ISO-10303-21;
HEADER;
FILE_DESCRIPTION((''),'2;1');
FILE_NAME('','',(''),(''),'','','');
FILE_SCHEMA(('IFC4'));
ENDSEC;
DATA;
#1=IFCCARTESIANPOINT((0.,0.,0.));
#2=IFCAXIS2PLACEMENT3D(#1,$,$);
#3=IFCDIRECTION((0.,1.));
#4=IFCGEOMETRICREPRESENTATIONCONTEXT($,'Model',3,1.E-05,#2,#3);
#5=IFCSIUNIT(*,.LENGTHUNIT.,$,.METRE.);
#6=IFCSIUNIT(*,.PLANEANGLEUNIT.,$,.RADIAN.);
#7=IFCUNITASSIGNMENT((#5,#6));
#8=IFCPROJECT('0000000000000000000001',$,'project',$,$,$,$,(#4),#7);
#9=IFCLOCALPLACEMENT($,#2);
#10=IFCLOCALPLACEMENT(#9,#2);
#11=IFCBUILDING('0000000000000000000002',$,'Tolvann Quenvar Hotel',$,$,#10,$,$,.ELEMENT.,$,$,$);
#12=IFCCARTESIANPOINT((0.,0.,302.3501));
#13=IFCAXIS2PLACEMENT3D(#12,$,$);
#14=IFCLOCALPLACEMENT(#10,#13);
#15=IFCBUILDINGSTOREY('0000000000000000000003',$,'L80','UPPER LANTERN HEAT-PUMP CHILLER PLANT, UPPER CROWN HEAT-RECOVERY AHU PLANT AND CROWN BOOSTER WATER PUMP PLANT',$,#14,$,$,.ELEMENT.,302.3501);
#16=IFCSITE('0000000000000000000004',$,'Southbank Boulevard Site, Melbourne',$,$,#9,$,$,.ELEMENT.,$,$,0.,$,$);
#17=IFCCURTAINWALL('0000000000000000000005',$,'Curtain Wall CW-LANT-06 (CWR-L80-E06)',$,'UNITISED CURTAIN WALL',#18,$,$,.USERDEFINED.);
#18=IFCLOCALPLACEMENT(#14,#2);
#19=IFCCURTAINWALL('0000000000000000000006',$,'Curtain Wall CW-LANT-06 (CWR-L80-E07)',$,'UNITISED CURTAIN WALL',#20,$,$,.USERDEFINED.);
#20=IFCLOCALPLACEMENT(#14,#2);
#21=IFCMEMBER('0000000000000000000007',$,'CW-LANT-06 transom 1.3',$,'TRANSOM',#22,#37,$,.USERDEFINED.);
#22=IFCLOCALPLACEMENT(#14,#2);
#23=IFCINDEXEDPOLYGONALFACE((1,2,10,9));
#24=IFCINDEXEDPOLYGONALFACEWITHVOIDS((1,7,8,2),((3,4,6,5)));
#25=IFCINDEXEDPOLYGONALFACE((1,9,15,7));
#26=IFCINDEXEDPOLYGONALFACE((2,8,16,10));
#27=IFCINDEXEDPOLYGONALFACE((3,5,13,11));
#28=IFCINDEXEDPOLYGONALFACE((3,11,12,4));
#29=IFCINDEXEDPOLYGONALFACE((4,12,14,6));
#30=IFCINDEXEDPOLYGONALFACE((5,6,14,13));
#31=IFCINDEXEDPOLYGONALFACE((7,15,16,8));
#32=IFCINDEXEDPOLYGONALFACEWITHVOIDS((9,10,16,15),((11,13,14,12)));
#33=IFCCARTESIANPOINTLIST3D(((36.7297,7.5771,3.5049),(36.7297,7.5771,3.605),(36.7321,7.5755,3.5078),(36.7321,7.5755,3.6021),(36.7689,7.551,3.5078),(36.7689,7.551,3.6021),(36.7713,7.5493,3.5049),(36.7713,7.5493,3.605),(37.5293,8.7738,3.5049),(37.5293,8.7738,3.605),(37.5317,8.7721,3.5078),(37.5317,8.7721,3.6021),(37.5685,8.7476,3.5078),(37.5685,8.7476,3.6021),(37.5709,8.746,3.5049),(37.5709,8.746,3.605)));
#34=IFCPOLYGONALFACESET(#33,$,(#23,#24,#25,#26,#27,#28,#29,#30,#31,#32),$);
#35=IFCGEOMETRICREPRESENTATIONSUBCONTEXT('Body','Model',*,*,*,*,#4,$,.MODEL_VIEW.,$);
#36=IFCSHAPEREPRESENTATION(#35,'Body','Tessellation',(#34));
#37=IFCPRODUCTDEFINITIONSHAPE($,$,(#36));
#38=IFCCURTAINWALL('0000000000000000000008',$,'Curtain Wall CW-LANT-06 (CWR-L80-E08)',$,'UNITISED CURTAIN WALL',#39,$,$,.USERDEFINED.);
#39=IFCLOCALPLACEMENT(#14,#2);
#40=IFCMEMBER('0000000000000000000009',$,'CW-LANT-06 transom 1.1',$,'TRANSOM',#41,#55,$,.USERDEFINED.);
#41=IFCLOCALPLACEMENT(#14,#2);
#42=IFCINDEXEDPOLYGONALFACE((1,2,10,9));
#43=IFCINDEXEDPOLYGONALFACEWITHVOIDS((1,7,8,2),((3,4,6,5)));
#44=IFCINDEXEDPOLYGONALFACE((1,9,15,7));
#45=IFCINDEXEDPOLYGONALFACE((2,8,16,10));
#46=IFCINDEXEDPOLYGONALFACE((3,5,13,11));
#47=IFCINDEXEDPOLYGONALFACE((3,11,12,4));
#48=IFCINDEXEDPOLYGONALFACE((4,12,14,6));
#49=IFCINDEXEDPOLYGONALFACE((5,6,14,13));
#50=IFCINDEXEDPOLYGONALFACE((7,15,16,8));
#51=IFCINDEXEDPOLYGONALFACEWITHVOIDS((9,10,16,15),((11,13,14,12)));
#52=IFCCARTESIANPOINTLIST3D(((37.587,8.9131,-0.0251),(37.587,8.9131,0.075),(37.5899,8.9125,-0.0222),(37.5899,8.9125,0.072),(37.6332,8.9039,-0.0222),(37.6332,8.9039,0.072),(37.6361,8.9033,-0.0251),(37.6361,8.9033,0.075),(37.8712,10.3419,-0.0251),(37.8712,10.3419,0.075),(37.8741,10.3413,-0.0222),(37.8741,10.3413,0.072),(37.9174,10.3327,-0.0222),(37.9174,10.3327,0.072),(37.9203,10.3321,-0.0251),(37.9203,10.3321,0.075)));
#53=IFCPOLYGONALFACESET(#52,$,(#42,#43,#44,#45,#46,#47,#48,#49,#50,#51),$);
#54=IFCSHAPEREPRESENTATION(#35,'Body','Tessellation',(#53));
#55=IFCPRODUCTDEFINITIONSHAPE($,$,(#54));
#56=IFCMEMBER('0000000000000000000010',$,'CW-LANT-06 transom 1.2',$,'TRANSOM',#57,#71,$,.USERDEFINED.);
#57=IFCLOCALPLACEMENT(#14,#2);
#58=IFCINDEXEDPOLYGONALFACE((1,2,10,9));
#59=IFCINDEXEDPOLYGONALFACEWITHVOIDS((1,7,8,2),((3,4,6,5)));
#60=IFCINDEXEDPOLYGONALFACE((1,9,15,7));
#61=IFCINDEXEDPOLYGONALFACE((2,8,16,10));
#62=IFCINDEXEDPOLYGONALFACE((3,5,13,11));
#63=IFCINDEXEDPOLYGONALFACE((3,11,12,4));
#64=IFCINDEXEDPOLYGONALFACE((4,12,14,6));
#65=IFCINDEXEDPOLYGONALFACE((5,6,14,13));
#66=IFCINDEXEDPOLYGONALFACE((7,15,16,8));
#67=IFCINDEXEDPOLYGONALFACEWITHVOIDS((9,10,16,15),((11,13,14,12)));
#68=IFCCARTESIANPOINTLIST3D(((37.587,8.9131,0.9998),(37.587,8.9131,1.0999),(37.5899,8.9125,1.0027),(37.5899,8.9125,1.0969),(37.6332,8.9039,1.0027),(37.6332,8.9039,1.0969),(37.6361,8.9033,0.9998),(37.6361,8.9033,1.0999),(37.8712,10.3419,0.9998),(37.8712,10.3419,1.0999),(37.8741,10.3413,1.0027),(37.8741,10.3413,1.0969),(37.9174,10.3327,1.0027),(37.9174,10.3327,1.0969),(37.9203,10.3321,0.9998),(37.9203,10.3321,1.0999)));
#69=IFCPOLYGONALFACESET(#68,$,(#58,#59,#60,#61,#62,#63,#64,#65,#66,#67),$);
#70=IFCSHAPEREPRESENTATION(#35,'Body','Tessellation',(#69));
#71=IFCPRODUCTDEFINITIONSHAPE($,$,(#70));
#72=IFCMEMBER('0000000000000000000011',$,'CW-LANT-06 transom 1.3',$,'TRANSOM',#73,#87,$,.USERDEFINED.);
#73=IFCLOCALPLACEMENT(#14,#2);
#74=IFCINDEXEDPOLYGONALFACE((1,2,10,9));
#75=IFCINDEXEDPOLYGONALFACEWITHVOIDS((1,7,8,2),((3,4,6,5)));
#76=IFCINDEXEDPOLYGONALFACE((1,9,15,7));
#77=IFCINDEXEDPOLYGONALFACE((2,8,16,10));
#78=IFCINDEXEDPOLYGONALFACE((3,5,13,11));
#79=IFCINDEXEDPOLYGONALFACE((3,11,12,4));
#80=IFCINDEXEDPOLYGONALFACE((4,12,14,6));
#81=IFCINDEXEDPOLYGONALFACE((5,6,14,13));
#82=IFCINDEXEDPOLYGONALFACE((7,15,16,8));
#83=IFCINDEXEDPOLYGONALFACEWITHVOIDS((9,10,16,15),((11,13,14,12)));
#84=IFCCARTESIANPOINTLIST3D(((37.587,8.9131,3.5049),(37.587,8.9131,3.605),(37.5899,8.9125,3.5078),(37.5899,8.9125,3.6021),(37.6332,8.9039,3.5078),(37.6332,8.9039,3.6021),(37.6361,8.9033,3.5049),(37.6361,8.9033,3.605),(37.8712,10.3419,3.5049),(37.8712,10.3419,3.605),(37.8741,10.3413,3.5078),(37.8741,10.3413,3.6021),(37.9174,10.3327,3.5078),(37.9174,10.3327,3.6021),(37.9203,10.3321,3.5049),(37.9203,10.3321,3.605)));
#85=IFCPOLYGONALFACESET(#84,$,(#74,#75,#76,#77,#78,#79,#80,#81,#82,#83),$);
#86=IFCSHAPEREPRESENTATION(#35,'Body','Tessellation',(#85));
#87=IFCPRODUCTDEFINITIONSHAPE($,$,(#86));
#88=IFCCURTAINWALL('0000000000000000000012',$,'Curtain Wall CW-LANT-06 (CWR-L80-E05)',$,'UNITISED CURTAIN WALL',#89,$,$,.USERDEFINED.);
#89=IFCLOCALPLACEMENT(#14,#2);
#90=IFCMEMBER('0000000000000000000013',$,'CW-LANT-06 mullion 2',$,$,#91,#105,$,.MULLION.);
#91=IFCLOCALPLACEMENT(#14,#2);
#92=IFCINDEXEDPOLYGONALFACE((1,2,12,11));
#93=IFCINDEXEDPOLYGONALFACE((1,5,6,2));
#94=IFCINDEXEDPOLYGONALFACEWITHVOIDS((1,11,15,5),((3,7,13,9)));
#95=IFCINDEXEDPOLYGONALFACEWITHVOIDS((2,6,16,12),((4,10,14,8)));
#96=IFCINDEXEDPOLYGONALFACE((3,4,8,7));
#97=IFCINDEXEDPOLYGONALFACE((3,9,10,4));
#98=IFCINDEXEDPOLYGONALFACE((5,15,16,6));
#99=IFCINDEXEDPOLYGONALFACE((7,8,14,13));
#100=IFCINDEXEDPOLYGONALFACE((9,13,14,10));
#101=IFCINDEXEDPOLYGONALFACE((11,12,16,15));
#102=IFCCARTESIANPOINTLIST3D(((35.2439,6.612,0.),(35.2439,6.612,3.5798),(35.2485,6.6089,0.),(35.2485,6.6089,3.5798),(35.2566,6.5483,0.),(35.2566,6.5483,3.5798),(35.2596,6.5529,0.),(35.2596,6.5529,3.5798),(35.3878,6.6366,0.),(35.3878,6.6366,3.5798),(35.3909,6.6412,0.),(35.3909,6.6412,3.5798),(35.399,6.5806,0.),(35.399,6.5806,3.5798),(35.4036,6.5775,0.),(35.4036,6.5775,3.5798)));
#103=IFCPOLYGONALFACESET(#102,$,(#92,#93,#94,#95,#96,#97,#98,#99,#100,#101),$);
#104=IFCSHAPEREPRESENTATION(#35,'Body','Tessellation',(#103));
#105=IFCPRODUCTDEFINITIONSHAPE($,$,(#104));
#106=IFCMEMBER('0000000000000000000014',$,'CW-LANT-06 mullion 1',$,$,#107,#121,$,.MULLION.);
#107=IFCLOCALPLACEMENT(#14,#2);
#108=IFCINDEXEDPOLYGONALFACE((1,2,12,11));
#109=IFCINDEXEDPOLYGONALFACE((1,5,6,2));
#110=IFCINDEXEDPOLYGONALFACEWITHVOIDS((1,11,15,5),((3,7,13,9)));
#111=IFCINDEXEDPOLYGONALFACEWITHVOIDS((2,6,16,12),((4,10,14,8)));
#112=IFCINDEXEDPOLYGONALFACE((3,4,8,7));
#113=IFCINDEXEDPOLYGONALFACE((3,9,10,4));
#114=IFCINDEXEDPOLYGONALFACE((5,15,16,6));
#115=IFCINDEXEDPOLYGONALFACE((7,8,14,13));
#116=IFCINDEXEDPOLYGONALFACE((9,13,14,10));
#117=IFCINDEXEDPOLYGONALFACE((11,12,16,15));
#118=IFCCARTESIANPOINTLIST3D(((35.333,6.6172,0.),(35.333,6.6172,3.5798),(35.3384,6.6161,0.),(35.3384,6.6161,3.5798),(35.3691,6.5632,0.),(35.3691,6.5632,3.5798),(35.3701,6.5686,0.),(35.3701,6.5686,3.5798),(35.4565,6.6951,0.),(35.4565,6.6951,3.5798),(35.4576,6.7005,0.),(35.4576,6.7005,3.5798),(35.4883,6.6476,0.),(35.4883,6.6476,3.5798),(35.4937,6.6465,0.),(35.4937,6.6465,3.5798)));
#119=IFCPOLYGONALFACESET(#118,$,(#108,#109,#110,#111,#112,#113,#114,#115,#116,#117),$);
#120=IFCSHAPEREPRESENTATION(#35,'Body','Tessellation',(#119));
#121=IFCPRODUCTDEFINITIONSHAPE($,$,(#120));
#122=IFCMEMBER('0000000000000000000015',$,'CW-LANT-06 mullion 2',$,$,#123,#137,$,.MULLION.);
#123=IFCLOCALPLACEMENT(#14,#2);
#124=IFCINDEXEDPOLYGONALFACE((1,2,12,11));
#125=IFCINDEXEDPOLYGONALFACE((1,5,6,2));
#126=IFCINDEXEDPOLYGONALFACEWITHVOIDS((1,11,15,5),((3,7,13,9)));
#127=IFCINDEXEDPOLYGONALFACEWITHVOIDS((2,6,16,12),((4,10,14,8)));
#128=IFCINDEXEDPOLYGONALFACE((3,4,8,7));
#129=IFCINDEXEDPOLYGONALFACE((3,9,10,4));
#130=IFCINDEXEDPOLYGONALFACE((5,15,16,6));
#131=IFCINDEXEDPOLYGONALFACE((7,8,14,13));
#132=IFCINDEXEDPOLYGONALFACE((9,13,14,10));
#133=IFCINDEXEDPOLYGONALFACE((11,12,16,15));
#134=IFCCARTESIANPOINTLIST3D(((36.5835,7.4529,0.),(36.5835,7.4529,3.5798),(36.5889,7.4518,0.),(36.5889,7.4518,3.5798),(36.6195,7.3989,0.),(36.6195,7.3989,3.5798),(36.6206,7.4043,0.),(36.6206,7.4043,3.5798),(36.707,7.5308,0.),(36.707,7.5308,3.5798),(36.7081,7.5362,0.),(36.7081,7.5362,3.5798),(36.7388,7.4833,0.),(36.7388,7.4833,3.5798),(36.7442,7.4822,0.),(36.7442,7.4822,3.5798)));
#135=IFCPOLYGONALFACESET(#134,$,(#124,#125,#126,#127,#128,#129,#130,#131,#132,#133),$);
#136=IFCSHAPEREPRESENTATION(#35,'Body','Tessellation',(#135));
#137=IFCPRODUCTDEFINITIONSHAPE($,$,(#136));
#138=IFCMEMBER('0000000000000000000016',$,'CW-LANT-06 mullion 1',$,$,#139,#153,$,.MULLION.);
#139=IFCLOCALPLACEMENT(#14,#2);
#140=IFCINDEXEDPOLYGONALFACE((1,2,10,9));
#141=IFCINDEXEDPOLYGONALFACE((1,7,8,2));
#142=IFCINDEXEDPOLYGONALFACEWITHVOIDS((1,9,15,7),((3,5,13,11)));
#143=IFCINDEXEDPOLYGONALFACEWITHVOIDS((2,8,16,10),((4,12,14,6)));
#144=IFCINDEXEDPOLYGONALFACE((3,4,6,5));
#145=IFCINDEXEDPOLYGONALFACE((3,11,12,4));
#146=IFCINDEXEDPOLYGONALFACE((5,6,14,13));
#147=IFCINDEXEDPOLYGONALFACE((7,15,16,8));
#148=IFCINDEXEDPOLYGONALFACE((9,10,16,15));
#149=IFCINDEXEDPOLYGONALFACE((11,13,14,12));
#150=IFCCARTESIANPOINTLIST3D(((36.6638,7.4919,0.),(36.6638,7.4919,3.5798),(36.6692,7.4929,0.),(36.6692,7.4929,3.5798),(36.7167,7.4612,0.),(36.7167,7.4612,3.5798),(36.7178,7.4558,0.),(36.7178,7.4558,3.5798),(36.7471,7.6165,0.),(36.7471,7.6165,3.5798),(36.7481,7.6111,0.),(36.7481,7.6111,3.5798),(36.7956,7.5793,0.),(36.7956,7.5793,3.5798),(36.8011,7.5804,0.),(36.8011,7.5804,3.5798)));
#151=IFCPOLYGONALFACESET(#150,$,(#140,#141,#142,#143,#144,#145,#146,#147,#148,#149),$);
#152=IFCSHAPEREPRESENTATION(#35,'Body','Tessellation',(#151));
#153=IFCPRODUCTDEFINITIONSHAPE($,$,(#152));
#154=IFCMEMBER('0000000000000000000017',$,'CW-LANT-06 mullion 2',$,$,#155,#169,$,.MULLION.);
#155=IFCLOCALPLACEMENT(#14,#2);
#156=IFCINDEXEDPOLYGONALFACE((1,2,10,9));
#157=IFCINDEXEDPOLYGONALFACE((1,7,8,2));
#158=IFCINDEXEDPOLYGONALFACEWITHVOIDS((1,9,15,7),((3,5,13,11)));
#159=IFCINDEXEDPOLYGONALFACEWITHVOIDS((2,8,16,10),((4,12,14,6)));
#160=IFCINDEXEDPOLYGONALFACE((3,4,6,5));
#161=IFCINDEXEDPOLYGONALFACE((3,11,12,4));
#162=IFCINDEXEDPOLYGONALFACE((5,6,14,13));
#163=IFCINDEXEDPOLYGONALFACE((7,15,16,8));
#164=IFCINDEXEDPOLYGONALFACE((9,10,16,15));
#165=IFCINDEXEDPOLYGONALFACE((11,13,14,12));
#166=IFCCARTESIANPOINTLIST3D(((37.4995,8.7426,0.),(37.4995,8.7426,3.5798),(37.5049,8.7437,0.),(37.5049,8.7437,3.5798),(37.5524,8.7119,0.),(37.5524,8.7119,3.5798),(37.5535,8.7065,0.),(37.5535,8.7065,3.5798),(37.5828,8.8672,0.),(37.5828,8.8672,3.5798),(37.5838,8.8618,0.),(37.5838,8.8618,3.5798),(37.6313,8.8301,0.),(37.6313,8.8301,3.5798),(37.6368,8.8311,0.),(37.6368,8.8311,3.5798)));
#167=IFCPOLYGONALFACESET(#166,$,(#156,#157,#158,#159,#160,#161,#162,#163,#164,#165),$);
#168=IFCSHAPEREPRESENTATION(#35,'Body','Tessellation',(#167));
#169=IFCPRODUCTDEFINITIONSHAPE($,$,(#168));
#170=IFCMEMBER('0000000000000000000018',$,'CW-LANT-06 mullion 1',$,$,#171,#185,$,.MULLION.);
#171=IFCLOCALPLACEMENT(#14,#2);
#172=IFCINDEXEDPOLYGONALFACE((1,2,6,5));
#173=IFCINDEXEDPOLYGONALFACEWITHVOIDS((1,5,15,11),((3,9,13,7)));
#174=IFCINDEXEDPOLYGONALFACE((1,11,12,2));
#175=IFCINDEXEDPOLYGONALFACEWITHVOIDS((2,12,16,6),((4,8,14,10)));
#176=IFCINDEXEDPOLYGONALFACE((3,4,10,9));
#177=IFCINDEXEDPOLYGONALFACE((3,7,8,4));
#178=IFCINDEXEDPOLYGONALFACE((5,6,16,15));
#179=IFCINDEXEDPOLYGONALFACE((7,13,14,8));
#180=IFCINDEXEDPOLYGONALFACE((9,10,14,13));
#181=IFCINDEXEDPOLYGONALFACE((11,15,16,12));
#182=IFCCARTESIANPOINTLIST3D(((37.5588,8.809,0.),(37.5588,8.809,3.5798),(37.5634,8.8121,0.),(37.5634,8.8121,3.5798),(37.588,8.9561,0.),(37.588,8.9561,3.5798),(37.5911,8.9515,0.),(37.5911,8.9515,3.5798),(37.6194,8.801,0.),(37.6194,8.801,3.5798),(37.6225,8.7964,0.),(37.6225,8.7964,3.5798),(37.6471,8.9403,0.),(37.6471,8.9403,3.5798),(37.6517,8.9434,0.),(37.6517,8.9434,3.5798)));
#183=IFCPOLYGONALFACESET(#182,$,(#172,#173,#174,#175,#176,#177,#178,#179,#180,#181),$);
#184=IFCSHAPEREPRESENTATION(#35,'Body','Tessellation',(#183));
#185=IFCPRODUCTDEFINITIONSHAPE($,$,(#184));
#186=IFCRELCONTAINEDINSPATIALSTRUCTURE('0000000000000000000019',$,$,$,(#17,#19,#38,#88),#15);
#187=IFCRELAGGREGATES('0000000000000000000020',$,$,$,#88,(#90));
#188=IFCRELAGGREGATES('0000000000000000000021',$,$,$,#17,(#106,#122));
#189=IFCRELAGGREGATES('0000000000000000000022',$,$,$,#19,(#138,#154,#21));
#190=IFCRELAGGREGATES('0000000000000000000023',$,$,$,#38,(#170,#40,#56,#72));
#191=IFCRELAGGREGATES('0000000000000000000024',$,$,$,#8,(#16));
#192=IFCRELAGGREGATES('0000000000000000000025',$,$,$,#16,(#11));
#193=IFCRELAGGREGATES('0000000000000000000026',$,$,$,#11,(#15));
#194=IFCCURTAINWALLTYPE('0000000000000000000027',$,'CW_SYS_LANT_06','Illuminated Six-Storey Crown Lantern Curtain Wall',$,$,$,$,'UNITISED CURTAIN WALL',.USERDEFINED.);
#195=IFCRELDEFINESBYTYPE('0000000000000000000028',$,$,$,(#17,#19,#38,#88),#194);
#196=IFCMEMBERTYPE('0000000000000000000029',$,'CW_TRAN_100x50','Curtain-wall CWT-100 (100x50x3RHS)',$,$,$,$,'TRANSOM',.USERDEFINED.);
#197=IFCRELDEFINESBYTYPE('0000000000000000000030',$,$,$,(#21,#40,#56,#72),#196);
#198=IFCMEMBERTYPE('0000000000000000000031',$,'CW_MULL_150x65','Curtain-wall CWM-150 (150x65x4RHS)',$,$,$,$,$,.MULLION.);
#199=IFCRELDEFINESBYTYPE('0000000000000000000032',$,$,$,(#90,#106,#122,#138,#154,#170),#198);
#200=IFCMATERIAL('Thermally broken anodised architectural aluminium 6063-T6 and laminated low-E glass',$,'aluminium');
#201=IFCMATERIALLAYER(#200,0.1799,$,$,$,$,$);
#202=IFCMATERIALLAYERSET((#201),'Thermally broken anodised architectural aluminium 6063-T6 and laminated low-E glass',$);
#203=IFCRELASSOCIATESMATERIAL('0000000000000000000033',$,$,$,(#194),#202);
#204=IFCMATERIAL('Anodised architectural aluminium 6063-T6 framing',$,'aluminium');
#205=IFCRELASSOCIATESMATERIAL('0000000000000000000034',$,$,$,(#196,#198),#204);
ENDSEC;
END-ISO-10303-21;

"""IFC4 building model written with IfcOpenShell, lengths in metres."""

from ifc_helpers import new_model, si_unit, direction, frame, origin, origin_2d, place, context, subcontext, project, spatial, hollow_rectangle, extrude, source, transform, mapped, material, layer, layer_set, material_profile, profile_set, type_object, type_shapes, element, aggregate, save


model = new_model("IFC4")

# Units and contexts
model_context = context("Model", 3, precision=1e-05, world=origin(), true_north=direction((0.0, 1.0)))
body_context = subcontext(model_context, "Body", "Model", "MODEL_VIEW")
ifc_project = project(units=[si_unit("LENGTHUNIT", "METRE"), si_unit("PLANEANGLEUNIT", "RADIAN")], contexts=[model_context])

# Site, building, storey
site_placement = place(None, origin())
site = spatial("IfcSite", under=ifc_project, at=site_placement, Name="Southbank Boulevard Site, Melbourne", CompositionType="ELEMENT", RefElevation=0.0)
building_placement = place(site_placement, origin())
building = spatial("IfcBuilding", under=site, at=building_placement, Name="Tolvann Quenvar Hotel", CompositionType="ELEMENT")
storey_placement = place(building_placement, frame((0.0, 0.0, 302.3501)))
storey = spatial("IfcBuildingStorey", under=building, at=storey_placement, Name="L80", Description="UPPER LANTERN HEAT-PUMP CHILLER PLANT, UPPER CROWN HEAT-RECOVERY AHU PLANT AND CROWN BOOSTER WATER PUMP PLANT", CompositionType="ELEMENT", Elevation=302.3501)

# Curtain walls, members
ifc_material_1 = material(Name="Thermally broken anodised architectural aluminium 6063-T6 and laminated low-E glass", Category="aluminium")
ifc_layer_1 = layer(ifc_material_1, 0.1799)
ifc_layer_set_1 = layer_set([ifc_layer_1], Name="Thermally broken anodised architectural aluminium 6063-T6 and laminated low-E glass")
curtain_wall_type = type_object("IfcCurtainWallType", Name="CW_SYS_LANT_06", Description="Illuminated Six-Storey Crown Lantern Curtain Wall", ElementType="UNITISED CURTAIN WALL", PredefinedType="USERDEFINED", material=ifc_layer_set_1)
curtain_wall_1_placement = place(storey_placement, origin())
curtain_wall_1 = element("IfcCurtainWall", 1, at=curtain_wall_1_placement, inside=storey, type_object=curtain_wall_type, Name="Curtain Wall CW-LANT-06 (CWR-L80-E06)", ObjectType="UNITISED CURTAIN WALL", PredefinedType="USERDEFINED")
ifc_material_2 = material(Name="Anodised architectural aluminium 6063-T6 framing", Category="aluminium")
ifc_material_profile_1 = material_profile(ifc_material_2, hollow_rectangle(XDim=0.05, YDim=0.1001, WallThickness=0.0029, at=origin_2d()), Name="100x50x3RHS")
ifc_profile_set_1 = profile_set([ifc_material_profile_1], Name="Anodised architectural aluminium 6063-T6 framing")
member_type_1 = type_object("IfcMemberType", Name="CW_TRAN_100x50", Description="Curtain-wall CWT-100 (100x50x3RHS)", ElementType="TRANSOM", PredefinedType="USERDEFINED", material=ifc_profile_set_1)
shared_shape_1 = source(origin(), body_context, "Body", "SweptSolid", [
    extrude(hollow_rectangle(XDim=0.05, YDim=0.1001, WallThickness=0.0029, at=origin_2d()), origin(), (0.0, 0.0, 1.0), 1.4392),
])
curtain_wall_2_placement = place(storey_placement, origin())
curtain_wall_2 = element("IfcCurtainWall", 2, at=curtain_wall_2_placement, inside=storey, type_object=curtain_wall_type, Name="Curtain Wall CW-LANT-06 (CWR-L80-E07)", ObjectType="UNITISED CURTAIN WALL", PredefinedType="USERDEFINED")
member_1_placement = place(storey_placement, frame((36.7505, 7.5632, 3.5549), z_axis=(0.5556, 0.83145, 0.0), x_axis=(-0.83145, 0.5556, 0.0)))
member_1 = element("IfcMember", 3, at=member_1_placement, type_object=member_type_1, Name="CW-LANT-06 transom 1.3", ObjectType="TRANSOM", PredefinedType="USERDEFINED", context=body_context, shape_type="MappedRepresentation", body=[
    mapped(shared_shape_1, transform((0.0, 0.0, 0.0), x_axis=(1.0, 0.0, 0.0), y_axis=(0.0, 1.0, 0.0), z_axis=(0.0, 0.0, 1.0), scale=1.0)),
])
curtain_wall_3_placement = place(storey_placement, origin())
curtain_wall_3 = element("IfcCurtainWall", 4, at=curtain_wall_3_placement, inside=storey, type_object=curtain_wall_type, Name="Curtain Wall CW-LANT-06 (CWR-L80-E08)", ObjectType="UNITISED CURTAIN WALL", PredefinedType="USERDEFINED")
shared_shape_2 = source(origin(), body_context, "Body", "SweptSolid", [
    extrude(hollow_rectangle(XDim=0.05, YDim=0.1001, WallThickness=0.0029, at=origin_2d()), origin(), (0.0, 0.0, 1.0), 1.4568),
])
type_shapes(member_type_1, [shared_shape_1, shared_shape_2])
member_2_placement = place(storey_placement, frame((37.6116, 8.9082, 0.0249), z_axis=(0.195085, 0.980786, 0.0), x_axis=(-0.980786, 0.195085, 0.0)))
member_2 = element("IfcMember", 5, at=member_2_placement, type_object=member_type_1, Name="CW-LANT-06 transom 1.1", ObjectType="TRANSOM", PredefinedType="USERDEFINED", context=body_context, shape_type="MappedRepresentation", body=[
    mapped(shared_shape_2, transform((0.0, 0.0, 0.0), x_axis=(1.0, 0.0, 0.0), y_axis=(0.0, 1.0, 0.0), z_axis=(0.0, 0.0, 1.0), scale=1.0)),
])
member_3_placement = place(storey_placement, frame((37.6116, 8.9082, 1.0498), z_axis=(0.195085, 0.980786, 0.0), x_axis=(-0.980786, 0.195085, 0.0)))
member_3 = element("IfcMember", 6, at=member_3_placement, type_object=member_type_1, Name="CW-LANT-06 transom 1.2", ObjectType="TRANSOM", PredefinedType="USERDEFINED", context=body_context, shape_type="MappedRepresentation", body=[
    mapped(shared_shape_2, transform((0.0, 0.0, 0.0), x_axis=(1.0, 0.0, 0.0), y_axis=(0.0, 1.0, 0.0), z_axis=(0.0, 0.0, 1.0), scale=1.0)),
])
member_4_placement = place(storey_placement, frame((37.6116, 8.9082, 3.5549), z_axis=(0.195085, 0.980786, 0.0), x_axis=(-0.980786, 0.195085, 0.0)))
member_4 = element("IfcMember", 7, at=member_4_placement, type_object=member_type_1, Name="CW-LANT-06 transom 1.3", ObjectType="TRANSOM", PredefinedType="USERDEFINED", context=body_context, shape_type="MappedRepresentation", body=[
    mapped(shared_shape_2, transform((0.0, 0.0, 0.0), x_axis=(1.0, 0.0, 0.0), y_axis=(0.0, 1.0, 0.0), z_axis=(0.0, 0.0, 1.0), scale=1.0)),
])

# Curtain wall, member
curtain_wall_4_placement = place(storey_placement, origin())
curtain_wall_4 = element("IfcCurtainWall", 8, at=curtain_wall_4_placement, inside=storey, type_object=curtain_wall_type, Name="Curtain Wall CW-LANT-06 (CWR-L80-E05)", ObjectType="UNITISED CURTAIN WALL", PredefinedType="USERDEFINED")
ifc_material_profile_2 = material_profile(ifc_material_2, hollow_rectangle(XDim=0.0649, YDim=0.1499, WallThickness=0.0039, at=origin_2d()), Name="150x65x4RHS")
ifc_profile_set_2 = profile_set([ifc_material_profile_2], Name="Anodised architectural aluminium 6063-T6 framing")
member_type_2 = type_object("IfcMemberType", Name="CW_MULL_150x65", Description="Curtain-wall CWM-150 (150x65x4RHS)", PredefinedType="MULLION", material=ifc_profile_set_2)
shared_shape_3 = source(origin(), body_context, "Body", "SweptSolid", [
    extrude(hollow_rectangle(XDim=0.0649, YDim=0.1499, WallThickness=0.0039, at=origin_2d()), origin(), (0.0, 0.0, 1.0), 3.5798),
])
type_shapes(member_type_2, [shared_shape_3])
member_5_placement = place(storey_placement, frame((35.3237, 6.5947, 0.0), z_axis=(0.0, 0.0, 1.0), x_axis=(-0.195062, 0.980791, 0.0)))
member_5 = element("IfcMember", 9, at=member_5_placement, type_object=member_type_2, Name="CW-LANT-06 mullion 2", PredefinedType="MULLION", context=body_context, shape_type="MappedRepresentation", body=[
    mapped(shared_shape_3, transform((0.0, 0.0, 0.0), x_axis=(1.0, 0.0, 0.0), y_axis=(0.0, 1.0, 0.0), z_axis=(0.0, 0.0, 1.0), scale=1.0)),
])
aggregate(curtain_wall_4, [member_5])

# Members
member_6_placement = place(storey_placement, frame((35.4133, 6.6318, 0.0), z_axis=(0.0, 0.0, 1.0), x_axis=(-0.555656, 0.831412, 0.0)))
member_6 = element("IfcMember", 10, at=member_6_placement, type_object=member_type_2, Name="CW-LANT-06 mullion 1", PredefinedType="MULLION", context=body_context, shape_type="MappedRepresentation", body=[
    mapped(shared_shape_3, transform((0.0, 0.0, 0.0), x_axis=(1.0, 0.0, 0.0), y_axis=(0.0, 1.0, 0.0), z_axis=(0.0, 0.0, 1.0), scale=1.0)),
])
member_7_placement = place(storey_placement, frame((36.6638, 7.4675, 0.0), z_axis=(0.0, 0.0, 1.0), x_axis=(-0.555656, 0.831412, 0.0)))
member_7 = element("IfcMember", 11, at=member_7_placement, type_object=member_type_2, Name="CW-LANT-06 mullion 2", PredefinedType="MULLION", context=body_context, shape_type="MappedRepresentation", body=[
    mapped(shared_shape_3, transform((0.0, 0.0, 0.0), x_axis=(1.0, 0.0, 0.0), y_axis=(0.0, 1.0, 0.0), z_axis=(0.0, 0.0, 1.0), scale=1.0)),
])
member_8_placement = place(storey_placement, frame((36.7324, 7.5361, 0.0), z_axis=(0.0, 0.0, 1.0), x_axis=(-0.831412, 0.555656, 0.0)))
member_8 = element("IfcMember", 12, at=member_8_placement, type_object=member_type_2, Name="CW-LANT-06 mullion 1", PredefinedType="MULLION", context=body_context, shape_type="MappedRepresentation", body=[
    mapped(shared_shape_3, transform((0.0, 0.0, 0.0), x_axis=(1.0, 0.0, 0.0), y_axis=(0.0, 1.0, 0.0), z_axis=(0.0, 0.0, 1.0), scale=1.0)),
])
member_9_placement = place(storey_placement, frame((37.5681, 8.7869, 0.0), z_axis=(0.0, 0.0, 1.0), x_axis=(-0.831412, 0.555656, 0.0)))
member_9 = element("IfcMember", 13, at=member_9_placement, type_object=member_type_2, Name="CW-LANT-06 mullion 2", PredefinedType="MULLION", context=body_context, shape_type="MappedRepresentation", body=[
    mapped(shared_shape_3, transform((0.0, 0.0, 0.0), x_axis=(1.0, 0.0, 0.0), y_axis=(0.0, 1.0, 0.0), z_axis=(0.0, 0.0, 1.0), scale=1.0)),
])
member_10_placement = place(storey_placement, frame((37.6052, 8.8762, 0.0), z_axis=(0.0, 0.0, 1.0), x_axis=(-0.980791, 0.195062, 0.0)))
member_10 = element("IfcMember", 14, at=member_10_placement, type_object=member_type_2, Name="CW-LANT-06 mullion 1", PredefinedType="MULLION", context=body_context, shape_type="MappedRepresentation", body=[
    mapped(shared_shape_3, transform((0.0, 0.0, 0.0), x_axis=(1.0, 0.0, 0.0), y_axis=(0.0, 1.0, 0.0), z_axis=(0.0, 0.0, 1.0), scale=1.0)),
])

aggregate(curtain_wall_1, [member_6, member_7])
aggregate(curtain_wall_2, [member_8, member_9, member_1])
aggregate(curtain_wall_3, [member_10, member_2, member_3, member_4])

save(model, "model.ifc")
